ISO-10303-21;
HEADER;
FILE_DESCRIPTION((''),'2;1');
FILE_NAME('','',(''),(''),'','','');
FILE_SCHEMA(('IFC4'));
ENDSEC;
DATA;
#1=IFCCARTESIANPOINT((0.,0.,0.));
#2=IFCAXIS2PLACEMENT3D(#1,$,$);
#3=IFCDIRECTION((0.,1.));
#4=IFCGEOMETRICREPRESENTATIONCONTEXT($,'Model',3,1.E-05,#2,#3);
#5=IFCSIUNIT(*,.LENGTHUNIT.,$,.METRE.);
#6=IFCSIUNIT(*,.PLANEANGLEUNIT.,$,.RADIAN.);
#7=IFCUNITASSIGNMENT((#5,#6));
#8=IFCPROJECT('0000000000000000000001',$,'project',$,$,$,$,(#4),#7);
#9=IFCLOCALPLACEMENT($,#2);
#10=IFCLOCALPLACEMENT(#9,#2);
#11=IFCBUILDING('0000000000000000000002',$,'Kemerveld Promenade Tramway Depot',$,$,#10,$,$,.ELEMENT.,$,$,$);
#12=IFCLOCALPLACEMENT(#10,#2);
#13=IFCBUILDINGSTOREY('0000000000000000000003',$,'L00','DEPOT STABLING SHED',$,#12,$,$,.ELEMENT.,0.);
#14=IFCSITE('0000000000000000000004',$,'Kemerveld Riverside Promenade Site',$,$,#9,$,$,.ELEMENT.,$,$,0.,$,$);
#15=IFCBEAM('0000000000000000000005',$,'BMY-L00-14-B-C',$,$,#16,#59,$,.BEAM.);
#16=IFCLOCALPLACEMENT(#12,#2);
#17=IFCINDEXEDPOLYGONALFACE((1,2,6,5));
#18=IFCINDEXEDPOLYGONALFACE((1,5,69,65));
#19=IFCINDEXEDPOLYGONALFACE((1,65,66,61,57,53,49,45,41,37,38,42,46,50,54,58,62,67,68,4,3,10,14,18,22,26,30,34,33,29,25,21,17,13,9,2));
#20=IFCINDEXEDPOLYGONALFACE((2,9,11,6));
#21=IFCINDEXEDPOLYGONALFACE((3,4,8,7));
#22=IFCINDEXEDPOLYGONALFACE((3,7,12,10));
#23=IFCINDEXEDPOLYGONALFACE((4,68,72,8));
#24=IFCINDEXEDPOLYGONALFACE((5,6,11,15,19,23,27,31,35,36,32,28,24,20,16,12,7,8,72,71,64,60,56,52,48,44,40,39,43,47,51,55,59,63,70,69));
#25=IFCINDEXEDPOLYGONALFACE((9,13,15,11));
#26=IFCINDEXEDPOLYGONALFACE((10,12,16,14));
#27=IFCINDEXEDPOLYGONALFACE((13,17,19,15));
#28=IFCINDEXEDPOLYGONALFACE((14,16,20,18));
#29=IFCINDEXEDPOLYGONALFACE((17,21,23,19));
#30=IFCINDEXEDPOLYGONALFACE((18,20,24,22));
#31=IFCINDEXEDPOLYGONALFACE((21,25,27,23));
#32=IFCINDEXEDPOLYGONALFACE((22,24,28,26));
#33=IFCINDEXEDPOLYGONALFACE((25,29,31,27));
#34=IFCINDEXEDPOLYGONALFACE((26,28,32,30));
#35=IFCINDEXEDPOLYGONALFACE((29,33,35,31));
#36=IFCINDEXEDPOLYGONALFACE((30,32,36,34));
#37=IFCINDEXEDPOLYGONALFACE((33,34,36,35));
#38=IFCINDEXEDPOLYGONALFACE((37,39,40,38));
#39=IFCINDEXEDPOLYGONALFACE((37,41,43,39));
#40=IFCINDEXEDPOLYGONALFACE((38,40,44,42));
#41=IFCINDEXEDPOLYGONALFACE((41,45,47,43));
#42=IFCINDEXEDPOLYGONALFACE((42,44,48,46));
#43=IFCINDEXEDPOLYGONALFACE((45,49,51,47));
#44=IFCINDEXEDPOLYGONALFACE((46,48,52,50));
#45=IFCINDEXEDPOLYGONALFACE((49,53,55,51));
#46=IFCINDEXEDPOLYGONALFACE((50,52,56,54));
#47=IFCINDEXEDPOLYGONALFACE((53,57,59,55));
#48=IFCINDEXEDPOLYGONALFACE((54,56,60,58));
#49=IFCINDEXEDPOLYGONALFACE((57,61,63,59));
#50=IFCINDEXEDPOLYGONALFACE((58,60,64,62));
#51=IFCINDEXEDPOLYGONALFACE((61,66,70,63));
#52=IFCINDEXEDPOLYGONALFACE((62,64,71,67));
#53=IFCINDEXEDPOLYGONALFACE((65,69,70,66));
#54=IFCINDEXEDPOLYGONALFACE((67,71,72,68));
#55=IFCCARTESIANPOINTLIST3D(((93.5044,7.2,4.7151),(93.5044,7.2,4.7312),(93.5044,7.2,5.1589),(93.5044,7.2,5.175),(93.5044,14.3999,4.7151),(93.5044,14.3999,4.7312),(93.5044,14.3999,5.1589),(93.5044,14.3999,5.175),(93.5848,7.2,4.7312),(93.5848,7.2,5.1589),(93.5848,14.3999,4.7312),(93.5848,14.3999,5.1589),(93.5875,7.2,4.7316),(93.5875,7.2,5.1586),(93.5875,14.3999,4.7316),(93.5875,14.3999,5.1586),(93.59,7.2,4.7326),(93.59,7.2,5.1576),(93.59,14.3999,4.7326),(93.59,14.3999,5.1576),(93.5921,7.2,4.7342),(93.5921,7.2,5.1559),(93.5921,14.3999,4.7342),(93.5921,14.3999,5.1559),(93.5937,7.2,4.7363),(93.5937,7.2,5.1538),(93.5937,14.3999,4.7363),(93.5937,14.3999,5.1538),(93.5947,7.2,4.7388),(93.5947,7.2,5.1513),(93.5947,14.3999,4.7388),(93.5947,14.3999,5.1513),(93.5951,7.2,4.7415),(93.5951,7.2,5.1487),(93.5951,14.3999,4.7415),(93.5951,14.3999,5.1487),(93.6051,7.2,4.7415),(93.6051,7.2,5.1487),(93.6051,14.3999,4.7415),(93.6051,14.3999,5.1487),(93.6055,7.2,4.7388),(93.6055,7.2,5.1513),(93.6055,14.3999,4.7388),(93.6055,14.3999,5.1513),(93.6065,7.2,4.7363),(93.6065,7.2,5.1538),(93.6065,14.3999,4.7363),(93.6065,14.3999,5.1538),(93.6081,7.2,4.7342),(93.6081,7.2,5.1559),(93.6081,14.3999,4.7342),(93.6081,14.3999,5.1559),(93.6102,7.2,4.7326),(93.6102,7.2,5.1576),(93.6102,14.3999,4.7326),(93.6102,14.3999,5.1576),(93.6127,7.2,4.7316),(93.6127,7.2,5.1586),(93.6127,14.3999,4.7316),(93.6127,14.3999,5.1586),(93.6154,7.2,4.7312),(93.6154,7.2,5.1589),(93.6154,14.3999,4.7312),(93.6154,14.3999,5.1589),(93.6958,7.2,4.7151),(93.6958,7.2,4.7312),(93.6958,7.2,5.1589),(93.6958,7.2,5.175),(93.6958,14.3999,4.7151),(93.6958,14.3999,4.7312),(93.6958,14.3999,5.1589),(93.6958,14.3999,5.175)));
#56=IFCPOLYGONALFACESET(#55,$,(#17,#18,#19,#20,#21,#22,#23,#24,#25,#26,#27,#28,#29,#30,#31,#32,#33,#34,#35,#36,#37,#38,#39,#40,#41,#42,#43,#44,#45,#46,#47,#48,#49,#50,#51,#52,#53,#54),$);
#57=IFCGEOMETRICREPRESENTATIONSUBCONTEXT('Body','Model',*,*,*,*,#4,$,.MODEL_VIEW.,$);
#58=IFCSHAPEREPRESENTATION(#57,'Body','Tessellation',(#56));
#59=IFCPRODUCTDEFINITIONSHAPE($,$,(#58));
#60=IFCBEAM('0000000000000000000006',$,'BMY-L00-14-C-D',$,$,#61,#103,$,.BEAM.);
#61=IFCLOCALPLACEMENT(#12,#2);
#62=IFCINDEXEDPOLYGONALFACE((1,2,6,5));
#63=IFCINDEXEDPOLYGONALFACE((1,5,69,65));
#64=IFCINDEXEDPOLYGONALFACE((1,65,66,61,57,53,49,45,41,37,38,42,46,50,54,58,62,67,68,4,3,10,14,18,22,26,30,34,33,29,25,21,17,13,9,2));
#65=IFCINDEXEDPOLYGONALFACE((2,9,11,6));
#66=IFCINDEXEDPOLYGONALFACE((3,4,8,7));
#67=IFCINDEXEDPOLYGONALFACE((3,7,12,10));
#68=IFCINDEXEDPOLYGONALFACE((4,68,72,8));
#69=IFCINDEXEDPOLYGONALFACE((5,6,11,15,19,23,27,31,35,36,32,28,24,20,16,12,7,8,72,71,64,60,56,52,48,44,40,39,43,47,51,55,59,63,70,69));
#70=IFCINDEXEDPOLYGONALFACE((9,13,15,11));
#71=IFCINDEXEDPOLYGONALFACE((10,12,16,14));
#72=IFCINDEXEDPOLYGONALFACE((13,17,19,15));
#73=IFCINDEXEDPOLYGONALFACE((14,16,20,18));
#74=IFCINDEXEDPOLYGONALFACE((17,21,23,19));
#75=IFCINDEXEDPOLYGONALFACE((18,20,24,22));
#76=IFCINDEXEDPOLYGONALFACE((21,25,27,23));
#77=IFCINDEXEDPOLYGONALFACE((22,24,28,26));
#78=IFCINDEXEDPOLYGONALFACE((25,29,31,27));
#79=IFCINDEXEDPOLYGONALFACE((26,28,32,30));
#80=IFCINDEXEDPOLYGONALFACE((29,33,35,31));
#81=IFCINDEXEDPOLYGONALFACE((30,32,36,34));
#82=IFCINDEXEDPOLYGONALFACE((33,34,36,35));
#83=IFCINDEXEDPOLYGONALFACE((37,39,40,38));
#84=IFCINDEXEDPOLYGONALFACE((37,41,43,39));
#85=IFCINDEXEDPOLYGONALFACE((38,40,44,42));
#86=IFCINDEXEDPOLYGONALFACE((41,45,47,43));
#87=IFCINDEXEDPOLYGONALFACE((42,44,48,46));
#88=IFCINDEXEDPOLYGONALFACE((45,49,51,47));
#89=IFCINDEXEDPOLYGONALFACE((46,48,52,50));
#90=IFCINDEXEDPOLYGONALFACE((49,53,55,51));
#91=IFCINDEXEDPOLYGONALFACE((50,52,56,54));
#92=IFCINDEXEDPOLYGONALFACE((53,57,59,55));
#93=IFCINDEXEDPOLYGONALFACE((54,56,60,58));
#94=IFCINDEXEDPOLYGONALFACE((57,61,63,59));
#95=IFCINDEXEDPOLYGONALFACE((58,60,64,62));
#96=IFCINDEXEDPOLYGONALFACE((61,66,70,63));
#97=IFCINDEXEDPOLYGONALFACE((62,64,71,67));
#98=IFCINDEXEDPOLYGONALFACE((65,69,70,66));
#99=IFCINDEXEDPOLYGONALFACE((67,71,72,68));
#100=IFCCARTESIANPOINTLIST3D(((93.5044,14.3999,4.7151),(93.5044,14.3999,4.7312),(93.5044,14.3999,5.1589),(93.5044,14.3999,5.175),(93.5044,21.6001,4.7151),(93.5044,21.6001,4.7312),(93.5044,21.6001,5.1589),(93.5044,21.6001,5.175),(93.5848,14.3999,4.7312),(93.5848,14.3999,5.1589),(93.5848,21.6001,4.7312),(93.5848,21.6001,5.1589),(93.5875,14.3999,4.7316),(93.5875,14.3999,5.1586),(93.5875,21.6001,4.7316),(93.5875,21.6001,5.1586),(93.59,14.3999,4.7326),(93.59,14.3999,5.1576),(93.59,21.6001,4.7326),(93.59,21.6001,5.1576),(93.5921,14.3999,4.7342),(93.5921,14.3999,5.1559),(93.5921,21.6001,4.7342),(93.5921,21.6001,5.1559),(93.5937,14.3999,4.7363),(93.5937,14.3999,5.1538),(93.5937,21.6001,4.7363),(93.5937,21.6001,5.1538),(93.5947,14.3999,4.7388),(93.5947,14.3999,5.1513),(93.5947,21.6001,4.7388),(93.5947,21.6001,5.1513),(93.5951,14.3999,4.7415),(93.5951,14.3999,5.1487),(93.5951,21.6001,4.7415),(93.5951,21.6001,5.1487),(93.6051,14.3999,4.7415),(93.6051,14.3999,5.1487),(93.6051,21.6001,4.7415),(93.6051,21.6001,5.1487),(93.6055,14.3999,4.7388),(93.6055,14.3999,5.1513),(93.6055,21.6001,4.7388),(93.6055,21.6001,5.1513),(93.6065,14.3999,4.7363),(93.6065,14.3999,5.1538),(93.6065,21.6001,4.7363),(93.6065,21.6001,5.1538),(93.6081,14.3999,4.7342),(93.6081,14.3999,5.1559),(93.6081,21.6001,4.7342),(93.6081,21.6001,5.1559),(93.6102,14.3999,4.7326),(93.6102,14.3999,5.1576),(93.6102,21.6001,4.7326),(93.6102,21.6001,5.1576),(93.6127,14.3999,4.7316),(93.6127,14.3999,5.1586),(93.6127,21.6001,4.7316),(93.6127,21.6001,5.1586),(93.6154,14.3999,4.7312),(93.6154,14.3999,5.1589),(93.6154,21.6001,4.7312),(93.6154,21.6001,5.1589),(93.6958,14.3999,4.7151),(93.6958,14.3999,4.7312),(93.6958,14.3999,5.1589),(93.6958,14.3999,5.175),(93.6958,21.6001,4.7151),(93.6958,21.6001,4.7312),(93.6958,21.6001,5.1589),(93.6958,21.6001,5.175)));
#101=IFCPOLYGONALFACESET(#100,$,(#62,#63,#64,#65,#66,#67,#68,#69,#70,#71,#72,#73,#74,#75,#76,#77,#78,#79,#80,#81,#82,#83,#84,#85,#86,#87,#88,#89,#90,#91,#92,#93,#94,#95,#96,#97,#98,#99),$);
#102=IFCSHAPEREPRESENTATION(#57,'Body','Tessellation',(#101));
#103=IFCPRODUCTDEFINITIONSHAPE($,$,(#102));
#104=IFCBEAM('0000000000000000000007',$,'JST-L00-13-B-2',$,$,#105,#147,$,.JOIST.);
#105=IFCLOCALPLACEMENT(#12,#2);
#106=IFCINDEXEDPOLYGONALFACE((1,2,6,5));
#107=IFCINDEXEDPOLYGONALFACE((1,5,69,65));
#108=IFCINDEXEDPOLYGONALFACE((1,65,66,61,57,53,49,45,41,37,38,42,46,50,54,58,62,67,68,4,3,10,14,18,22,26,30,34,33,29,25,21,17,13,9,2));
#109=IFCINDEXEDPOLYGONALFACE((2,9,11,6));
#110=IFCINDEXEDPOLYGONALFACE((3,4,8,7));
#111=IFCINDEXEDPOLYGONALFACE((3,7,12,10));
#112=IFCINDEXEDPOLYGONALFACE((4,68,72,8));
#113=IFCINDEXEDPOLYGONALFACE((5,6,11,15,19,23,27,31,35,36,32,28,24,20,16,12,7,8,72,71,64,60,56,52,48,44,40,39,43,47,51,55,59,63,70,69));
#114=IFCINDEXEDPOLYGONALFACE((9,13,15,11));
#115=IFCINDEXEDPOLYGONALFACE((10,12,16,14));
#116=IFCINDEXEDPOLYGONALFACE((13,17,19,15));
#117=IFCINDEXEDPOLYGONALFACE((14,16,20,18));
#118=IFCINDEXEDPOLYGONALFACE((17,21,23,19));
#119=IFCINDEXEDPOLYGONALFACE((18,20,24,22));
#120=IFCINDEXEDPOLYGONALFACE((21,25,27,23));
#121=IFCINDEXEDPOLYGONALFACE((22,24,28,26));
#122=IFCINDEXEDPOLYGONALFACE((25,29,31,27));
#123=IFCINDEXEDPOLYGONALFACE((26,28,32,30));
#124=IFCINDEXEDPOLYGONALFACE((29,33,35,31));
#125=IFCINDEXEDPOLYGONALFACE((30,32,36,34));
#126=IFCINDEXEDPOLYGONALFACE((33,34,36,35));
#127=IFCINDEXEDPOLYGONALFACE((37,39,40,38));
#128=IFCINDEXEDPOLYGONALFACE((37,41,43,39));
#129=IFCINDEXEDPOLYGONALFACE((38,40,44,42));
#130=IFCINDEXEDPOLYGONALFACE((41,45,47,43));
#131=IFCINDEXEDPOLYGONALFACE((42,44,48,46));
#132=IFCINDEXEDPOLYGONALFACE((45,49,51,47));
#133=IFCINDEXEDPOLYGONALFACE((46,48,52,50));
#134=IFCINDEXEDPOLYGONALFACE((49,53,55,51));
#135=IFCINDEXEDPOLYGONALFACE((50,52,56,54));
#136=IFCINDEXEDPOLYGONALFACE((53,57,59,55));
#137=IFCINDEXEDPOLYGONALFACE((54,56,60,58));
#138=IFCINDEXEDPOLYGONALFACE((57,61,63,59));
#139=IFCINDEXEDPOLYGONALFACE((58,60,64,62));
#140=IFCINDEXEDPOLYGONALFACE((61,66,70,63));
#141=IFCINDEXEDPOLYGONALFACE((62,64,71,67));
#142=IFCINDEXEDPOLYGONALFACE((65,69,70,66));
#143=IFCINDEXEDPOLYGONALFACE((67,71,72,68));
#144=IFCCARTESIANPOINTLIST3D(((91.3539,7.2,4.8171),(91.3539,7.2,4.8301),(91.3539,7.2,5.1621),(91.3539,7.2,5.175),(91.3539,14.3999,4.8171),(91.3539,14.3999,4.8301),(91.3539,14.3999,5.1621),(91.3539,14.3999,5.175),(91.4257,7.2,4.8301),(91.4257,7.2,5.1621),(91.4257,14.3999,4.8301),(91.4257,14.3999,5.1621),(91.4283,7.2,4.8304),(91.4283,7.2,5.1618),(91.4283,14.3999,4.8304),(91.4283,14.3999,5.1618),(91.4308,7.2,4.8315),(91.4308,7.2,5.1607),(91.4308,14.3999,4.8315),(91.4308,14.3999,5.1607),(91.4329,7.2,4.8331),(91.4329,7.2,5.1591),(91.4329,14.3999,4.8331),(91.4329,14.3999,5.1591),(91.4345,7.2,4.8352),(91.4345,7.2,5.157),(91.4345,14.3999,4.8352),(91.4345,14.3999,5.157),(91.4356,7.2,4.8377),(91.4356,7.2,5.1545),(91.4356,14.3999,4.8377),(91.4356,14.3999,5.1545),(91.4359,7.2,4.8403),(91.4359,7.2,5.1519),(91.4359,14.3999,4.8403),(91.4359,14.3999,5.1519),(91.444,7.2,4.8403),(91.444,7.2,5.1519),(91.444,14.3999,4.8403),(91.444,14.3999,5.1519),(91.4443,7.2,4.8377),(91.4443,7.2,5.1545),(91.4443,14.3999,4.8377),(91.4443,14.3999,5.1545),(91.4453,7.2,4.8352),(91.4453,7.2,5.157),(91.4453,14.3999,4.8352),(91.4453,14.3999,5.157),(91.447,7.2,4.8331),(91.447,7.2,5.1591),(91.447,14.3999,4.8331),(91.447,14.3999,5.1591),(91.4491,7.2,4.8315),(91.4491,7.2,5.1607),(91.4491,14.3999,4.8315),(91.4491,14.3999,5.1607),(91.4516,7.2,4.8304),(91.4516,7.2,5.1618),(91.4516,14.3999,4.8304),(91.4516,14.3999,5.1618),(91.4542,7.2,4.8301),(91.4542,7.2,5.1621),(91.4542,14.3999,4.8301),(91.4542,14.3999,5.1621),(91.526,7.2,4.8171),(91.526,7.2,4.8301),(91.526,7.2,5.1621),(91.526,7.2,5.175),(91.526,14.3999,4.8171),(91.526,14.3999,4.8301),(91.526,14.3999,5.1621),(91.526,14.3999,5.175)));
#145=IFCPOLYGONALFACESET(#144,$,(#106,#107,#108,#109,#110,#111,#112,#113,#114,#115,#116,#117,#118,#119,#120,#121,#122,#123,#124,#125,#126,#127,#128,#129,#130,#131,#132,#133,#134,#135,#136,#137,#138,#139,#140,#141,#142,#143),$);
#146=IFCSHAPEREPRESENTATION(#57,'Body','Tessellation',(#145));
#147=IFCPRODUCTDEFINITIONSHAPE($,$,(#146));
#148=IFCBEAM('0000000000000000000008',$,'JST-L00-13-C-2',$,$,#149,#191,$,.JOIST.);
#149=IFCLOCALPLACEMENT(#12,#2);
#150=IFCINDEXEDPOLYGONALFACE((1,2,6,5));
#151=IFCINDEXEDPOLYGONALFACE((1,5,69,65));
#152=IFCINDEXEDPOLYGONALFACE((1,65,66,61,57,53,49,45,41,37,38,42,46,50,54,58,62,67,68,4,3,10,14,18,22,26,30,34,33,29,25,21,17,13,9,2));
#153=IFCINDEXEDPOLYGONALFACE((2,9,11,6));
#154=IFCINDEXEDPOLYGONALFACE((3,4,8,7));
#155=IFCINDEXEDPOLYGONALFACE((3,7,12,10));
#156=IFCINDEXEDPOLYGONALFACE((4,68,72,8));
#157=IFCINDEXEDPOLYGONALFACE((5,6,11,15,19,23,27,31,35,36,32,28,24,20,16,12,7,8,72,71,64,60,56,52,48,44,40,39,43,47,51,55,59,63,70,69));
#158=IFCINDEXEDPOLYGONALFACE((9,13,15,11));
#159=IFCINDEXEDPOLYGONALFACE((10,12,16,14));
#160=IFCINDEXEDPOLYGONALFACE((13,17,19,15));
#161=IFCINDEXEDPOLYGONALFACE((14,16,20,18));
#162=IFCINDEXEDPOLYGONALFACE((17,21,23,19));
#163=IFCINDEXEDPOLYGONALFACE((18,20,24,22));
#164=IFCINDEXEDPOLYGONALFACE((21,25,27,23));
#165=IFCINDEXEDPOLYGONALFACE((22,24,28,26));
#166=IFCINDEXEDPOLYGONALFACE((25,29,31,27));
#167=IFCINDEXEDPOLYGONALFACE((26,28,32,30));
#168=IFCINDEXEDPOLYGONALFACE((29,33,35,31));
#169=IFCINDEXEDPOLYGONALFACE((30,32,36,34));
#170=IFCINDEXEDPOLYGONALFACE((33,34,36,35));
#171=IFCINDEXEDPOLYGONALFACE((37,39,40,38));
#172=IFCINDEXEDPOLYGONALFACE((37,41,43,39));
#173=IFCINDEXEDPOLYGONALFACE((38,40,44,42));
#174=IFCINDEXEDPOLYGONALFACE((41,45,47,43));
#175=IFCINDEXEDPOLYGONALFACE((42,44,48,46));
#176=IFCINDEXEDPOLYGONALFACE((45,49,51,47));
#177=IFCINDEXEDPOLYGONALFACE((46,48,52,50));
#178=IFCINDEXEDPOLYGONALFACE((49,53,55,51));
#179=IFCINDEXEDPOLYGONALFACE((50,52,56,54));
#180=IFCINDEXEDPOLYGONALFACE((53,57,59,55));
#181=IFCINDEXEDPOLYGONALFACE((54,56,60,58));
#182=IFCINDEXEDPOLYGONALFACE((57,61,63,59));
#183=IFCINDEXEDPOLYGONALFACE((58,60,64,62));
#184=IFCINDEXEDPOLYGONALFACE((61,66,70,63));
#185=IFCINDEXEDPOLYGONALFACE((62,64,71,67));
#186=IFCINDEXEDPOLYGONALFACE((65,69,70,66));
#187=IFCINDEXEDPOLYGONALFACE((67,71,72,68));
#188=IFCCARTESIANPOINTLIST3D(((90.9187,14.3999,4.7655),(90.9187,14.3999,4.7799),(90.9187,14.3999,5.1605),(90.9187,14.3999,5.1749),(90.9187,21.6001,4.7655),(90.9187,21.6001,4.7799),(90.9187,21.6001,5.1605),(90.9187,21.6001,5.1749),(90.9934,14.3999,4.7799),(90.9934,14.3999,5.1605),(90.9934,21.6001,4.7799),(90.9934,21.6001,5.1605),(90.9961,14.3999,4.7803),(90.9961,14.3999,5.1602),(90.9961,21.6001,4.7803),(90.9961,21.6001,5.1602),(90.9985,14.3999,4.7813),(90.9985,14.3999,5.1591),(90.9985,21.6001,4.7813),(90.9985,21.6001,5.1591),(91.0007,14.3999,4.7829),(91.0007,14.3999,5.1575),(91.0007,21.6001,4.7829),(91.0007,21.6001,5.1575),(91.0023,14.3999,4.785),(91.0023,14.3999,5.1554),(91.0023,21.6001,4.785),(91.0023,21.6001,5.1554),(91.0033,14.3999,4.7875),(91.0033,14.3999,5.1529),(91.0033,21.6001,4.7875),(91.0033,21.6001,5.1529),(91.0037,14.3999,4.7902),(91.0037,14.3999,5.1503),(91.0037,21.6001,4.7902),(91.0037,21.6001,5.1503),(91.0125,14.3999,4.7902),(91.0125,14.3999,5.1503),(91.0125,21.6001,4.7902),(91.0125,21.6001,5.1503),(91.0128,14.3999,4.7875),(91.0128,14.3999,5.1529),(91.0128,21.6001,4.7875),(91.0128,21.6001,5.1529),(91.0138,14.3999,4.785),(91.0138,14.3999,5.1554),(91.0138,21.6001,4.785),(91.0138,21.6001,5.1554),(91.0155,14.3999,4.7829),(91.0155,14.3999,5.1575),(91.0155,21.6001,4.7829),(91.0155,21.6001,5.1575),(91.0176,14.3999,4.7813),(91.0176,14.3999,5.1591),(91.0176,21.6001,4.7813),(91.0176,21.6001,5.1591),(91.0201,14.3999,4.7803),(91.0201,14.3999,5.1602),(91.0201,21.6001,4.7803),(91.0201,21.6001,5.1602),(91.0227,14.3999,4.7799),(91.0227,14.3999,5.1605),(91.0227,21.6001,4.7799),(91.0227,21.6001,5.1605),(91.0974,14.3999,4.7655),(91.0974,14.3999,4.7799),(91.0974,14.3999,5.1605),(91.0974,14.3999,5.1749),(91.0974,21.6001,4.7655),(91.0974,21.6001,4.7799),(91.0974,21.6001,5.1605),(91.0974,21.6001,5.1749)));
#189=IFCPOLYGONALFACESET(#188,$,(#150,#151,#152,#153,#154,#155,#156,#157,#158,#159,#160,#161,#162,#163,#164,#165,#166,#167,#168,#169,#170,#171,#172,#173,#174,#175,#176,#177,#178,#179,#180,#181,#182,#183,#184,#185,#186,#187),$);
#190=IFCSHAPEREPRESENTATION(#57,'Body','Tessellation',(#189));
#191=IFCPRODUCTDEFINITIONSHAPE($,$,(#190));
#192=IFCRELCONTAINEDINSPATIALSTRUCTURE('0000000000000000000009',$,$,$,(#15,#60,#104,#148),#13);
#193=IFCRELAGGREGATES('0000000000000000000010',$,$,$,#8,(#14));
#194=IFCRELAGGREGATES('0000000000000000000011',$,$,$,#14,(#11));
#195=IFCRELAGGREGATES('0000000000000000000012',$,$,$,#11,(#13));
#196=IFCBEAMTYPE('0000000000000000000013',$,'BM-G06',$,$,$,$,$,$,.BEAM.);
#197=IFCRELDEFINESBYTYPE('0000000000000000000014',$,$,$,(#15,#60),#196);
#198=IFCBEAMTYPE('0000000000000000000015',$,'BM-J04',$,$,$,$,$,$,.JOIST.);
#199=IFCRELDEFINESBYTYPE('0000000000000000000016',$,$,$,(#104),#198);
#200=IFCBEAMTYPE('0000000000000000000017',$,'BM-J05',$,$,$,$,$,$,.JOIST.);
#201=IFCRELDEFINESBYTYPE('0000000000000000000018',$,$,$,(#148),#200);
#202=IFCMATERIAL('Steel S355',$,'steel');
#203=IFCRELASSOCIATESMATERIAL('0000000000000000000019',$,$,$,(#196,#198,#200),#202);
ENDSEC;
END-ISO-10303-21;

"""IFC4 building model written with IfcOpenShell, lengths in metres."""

from ifc_helpers import new_model, si_unit, direction, frame, origin, origin_2d, place, context, subcontext, project, spatial, i_section, extrude, material, material_profile, profile_set, type_object, element, save


model = new_model("IFC4")

# Units and contexts
model_context = context("Model", 3, precision=1e-05, world=origin(), true_north=direction((0.0, 1.0)))
body_context = subcontext(model_context, "Body", "Model", "MODEL_VIEW")
ifc_project = project(units=[si_unit("LENGTHUNIT", "METRE"), si_unit("PLANEANGLEUNIT", "RADIAN")], contexts=[model_context])

# Site, building, storey
site_placement = place(None, origin())
site = spatial("IfcSite", under=ifc_project, at=site_placement, Name="Kemerveld Riverside Promenade Site", CompositionType="ELEMENT", RefElevation=0.0)
building_placement = place(site_placement, origin())
building = spatial("IfcBuilding", under=site, at=building_placement, Name="Kemerveld Promenade Tramway Depot", CompositionType="ELEMENT")
storey_placement = place(building_placement, origin())
storey = spatial("IfcBuildingStorey", under=building, at=storey_placement, Name="L00", Description="DEPOT STABLING SHED", CompositionType="ELEMENT", Elevation=0.0)

# Shared definitions
ifc_material_1 = material(Name="Steel S355", Category="steel")

# Beams
ifc_material_profile_1 = material_profile(ifc_material_1, i_section(OverallWidth=0.1914, OverallDepth=0.46, WebThickness=0.01, FlangeThickness=0.0161, FilletRadius=0.0103, at=origin_2d()), Name="457x191x82 UB")
ifc_profile_set_1 = profile_set([ifc_material_profile_1], Name="Steel S355")
beam_type_1 = type_object("IfcBeamType", Name="BM-G06", PredefinedType="BEAM", material=ifc_profile_set_1)
beam_1_placement = place(storey_placement, frame((93.6001, 7.2, 4.9451), z_axis=(0.0, 1.0, 0.0), x_axis=(-1.0, 0.0, 0.0)))
element("IfcBeam", 1, at=beam_1_placement, inside=storey, type_object=beam_type_1, Name="BMY-L00-14-B-C", PredefinedType="BEAM", context=body_context, shape_type="SweptSolid", body=[
    extrude(i_section(OverallWidth=0.1914, OverallDepth=0.46, WebThickness=0.01, FlangeThickness=0.0161, FilletRadius=0.0103, at=origin_2d()), origin(), (0.0, 0.0, 1.0), 7.2),
])
beam_2_placement = place(storey_placement, frame((93.6001, 14.3999, 4.9451), z_axis=(0.0, 1.0, 0.0), x_axis=(-1.0, 0.0, 0.0)))
element("IfcBeam", 2, at=beam_2_placement, inside=storey, type_object=beam_type_1, Name="BMY-L00-14-C-D", PredefinedType="BEAM", context=body_context, shape_type="SweptSolid", body=[
    extrude(i_section(OverallWidth=0.1914, OverallDepth=0.46, WebThickness=0.01, FlangeThickness=0.0161, FilletRadius=0.0103, at=origin_2d()), origin(), (0.0, 0.0, 1.0), 7.2002),
])
ifc_material_profile_2 = material_profile(ifc_material_1, i_section(OverallWidth=0.1721, OverallDepth=0.3579, WebThickness=0.0081, FlangeThickness=0.0129, FilletRadius=0.0103, at=origin_2d()), Name="356x171x57 UB")
ifc_profile_set_2 = profile_set([ifc_material_profile_2], Name="Steel S355")
beam_type_2 = type_object("IfcBeamType", Name="BM-J04", PredefinedType="JOIST", material=ifc_profile_set_2)
beam_3_placement = place(storey_placement, frame((91.4399, 7.2, 4.9961), z_axis=(0.0, 1.0, 0.0), x_axis=(-1.0, 0.0, 0.0)))
element("IfcBeam", 3, at=beam_3_placement, inside=storey, type_object=beam_type_2, Name="JST-L00-13-B-2", PredefinedType="JOIST", context=body_context, shape_type="SweptSolid", body=[
    extrude(i_section(OverallWidth=0.1721, OverallDepth=0.3579, WebThickness=0.0081, FlangeThickness=0.0129, FilletRadius=0.0103, at=origin_2d()), origin(), (0.0, 0.0, 1.0), 7.2),
])
ifc_material_profile_3 = material_profile(ifc_material_1, i_section(OverallWidth=0.1787, OverallDepth=0.4094, WebThickness=0.0088, FlangeThickness=0.0144, FilletRadius=0.0103, at=origin_2d()), Name="406x178x67 UB")
ifc_profile_set_3 = profile_set([ifc_material_profile_3], Name="Steel S355")
beam_type_3 = type_object("IfcBeamType", Name="BM-J05", PredefinedType="JOIST", material=ifc_profile_set_3)
beam_4_placement = place(storey_placement, frame((91.0081, 14.3999, 4.9702), z_axis=(0.0, 1.0, 0.0), x_axis=(-1.0, 0.0, 0.0)))
element("IfcBeam", 4, at=beam_4_placement, inside=storey, type_object=beam_type_3, Name="JST-L00-13-C-2", PredefinedType="JOIST", context=body_context, shape_type="SweptSolid", body=[
    extrude(i_section(OverallWidth=0.1787, OverallDepth=0.4094, WebThickness=0.0088, FlangeThickness=0.0144, FilletRadius=0.0103, at=origin_2d()), origin(), (0.0, 0.0, 1.0), 7.2002),
])

save(model, "model.ifc")
